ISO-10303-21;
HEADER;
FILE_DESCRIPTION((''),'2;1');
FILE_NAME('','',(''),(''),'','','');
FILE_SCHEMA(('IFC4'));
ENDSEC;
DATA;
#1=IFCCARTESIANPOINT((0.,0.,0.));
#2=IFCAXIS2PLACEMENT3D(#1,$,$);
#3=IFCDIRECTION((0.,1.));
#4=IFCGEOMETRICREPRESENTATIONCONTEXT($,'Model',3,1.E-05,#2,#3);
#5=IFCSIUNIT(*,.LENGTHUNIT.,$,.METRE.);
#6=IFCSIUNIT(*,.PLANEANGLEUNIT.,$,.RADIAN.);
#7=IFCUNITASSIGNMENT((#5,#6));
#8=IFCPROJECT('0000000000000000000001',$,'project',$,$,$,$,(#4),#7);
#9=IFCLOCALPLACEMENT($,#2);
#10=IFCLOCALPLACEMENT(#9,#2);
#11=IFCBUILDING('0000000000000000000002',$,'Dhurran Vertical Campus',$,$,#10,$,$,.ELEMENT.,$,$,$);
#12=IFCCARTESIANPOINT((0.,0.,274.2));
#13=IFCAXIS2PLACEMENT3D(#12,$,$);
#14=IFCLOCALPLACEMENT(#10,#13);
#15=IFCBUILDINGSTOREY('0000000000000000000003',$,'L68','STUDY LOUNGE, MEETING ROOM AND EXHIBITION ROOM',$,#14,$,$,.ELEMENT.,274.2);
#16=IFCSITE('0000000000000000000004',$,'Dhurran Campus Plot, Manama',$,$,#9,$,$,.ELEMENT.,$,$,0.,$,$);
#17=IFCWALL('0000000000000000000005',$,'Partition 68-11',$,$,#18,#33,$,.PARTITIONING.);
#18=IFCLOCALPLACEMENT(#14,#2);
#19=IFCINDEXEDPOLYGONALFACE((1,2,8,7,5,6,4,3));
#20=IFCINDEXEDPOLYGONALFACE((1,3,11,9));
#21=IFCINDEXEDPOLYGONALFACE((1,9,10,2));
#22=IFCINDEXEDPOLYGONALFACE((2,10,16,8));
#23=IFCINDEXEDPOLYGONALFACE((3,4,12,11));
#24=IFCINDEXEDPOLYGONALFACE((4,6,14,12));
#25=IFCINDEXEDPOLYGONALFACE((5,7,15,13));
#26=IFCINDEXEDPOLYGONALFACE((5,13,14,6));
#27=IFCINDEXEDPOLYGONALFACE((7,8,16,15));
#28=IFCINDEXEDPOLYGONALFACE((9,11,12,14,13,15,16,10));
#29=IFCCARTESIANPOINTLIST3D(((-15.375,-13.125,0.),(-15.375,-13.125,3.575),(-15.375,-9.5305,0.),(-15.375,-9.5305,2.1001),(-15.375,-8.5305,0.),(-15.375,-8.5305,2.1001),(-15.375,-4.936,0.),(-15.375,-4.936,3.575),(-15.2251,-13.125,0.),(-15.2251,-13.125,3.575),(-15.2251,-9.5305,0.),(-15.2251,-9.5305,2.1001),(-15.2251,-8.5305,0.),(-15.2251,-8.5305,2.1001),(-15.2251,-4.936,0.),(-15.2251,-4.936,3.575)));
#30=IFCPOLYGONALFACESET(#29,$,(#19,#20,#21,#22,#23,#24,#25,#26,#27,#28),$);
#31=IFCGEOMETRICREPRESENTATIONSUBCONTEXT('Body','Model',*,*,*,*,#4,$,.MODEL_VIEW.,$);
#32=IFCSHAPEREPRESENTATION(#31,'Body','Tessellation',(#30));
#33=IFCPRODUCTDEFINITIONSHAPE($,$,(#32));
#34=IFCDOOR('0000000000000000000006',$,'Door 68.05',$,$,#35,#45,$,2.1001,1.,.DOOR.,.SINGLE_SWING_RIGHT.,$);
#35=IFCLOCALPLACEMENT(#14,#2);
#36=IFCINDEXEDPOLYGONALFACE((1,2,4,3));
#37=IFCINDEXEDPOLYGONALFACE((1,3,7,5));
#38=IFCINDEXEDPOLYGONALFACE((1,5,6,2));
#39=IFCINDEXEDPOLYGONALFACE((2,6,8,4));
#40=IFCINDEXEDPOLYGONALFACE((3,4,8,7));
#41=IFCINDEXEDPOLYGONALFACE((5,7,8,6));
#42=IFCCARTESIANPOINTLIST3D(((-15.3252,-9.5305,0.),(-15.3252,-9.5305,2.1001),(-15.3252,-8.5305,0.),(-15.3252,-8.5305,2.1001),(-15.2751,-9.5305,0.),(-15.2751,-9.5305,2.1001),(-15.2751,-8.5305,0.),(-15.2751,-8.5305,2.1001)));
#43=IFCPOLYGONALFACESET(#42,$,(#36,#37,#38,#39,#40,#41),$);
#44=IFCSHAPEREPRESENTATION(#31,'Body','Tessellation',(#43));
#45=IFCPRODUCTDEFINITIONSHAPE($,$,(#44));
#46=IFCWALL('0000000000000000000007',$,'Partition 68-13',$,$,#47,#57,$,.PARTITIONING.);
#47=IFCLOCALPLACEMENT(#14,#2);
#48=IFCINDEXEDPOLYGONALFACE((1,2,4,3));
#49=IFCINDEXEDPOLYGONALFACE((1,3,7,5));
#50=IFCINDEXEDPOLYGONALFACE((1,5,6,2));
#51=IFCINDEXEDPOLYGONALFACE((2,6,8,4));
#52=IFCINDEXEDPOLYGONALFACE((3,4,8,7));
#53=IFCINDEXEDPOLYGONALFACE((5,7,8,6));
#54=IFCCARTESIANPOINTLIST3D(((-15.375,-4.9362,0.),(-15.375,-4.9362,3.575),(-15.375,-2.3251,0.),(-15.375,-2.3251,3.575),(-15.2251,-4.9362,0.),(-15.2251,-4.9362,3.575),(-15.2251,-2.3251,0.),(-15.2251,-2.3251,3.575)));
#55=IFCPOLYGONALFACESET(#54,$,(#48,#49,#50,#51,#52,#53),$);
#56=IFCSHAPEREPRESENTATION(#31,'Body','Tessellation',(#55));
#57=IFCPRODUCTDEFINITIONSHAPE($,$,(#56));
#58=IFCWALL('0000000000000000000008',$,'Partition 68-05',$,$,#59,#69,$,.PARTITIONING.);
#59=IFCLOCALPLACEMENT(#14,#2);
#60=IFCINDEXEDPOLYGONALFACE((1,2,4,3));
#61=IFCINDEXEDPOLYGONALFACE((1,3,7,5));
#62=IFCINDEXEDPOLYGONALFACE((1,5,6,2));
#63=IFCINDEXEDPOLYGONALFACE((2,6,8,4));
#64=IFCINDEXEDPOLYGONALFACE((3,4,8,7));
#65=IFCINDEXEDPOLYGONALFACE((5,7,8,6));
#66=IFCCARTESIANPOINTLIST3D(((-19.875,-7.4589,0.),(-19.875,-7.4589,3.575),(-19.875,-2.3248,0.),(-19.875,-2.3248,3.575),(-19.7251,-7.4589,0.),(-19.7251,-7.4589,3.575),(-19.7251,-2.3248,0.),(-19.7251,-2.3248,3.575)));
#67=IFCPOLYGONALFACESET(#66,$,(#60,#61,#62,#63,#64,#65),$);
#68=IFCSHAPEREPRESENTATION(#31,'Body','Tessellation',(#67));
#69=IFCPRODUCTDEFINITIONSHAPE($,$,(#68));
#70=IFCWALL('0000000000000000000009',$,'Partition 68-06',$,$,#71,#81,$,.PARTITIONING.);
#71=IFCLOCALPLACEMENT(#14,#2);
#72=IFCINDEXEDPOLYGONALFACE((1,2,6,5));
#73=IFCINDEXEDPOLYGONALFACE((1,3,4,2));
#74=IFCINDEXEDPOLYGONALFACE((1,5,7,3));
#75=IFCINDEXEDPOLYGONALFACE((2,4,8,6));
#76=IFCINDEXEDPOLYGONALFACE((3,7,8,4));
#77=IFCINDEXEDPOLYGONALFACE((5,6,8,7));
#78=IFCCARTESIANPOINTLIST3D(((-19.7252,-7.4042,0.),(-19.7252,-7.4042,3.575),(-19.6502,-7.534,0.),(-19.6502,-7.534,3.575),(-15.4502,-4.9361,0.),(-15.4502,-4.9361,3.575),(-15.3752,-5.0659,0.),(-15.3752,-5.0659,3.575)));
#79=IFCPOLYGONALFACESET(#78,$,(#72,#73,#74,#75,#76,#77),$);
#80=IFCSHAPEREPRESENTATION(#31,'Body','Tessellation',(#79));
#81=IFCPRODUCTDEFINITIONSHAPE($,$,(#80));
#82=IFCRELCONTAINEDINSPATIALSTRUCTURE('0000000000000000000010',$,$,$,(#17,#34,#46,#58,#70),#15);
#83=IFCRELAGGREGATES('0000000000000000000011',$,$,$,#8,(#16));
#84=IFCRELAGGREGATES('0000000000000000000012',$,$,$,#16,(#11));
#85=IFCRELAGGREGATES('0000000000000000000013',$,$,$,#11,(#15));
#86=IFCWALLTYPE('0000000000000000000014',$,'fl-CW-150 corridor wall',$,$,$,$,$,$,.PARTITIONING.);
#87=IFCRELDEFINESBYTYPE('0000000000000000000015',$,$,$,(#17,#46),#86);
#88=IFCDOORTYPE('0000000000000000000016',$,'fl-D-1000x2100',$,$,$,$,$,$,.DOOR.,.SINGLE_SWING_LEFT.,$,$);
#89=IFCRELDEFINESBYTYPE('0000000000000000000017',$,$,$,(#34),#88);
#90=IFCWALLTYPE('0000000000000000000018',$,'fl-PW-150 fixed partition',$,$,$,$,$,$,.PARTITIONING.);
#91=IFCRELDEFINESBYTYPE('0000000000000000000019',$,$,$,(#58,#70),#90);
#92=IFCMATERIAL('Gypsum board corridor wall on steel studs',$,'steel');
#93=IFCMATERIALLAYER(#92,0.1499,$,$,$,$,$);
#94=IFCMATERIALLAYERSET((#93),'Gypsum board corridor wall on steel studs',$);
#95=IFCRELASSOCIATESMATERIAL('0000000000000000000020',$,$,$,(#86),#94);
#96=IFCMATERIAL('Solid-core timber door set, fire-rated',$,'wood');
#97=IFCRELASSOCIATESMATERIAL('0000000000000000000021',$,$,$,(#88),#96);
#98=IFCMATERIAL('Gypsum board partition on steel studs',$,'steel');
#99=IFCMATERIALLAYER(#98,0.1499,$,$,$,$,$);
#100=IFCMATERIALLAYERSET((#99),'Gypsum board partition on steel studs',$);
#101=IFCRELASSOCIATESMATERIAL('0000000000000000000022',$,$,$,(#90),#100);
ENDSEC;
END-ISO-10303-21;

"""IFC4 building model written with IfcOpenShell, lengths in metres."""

from ifc_helpers import new_model, si_unit, direction, frame, frame_2d, origin, place, context, subcontext, project, spatial, rectangle, extrude, material, layer, layer_set, type_object, element, fill, save


model = new_model("IFC4")

# Units and contexts
model_context = context("Model", 3, precision=1e-05, world=origin(), true_north=direction((0.0, 1.0)))
body_context = subcontext(model_context, "Body", "Model", "MODEL_VIEW")
ifc_project = project(units=[si_unit("LENGTHUNIT", "METRE"), si_unit("PLANEANGLEUNIT", "RADIAN")], contexts=[model_context])

# Site, building, storey
site_placement = place(None, origin())
site = spatial("IfcSite", under=ifc_project, at=site_placement, Name="Dhurran Campus Plot, Manama", CompositionType="ELEMENT", RefElevation=0.0)
building_placement = place(site_placement, origin())
building = spatial("IfcBuilding", under=site, at=building_placement, Name="Dhurran Vertical Campus", CompositionType="ELEMENT")
storey_placement = place(building_placement, frame((0.0, 0.0, 274.2)))
storey = spatial("IfcBuildingStorey", under=building, at=storey_placement, Name="L68", Description="STUDY LOUNGE, MEETING ROOM AND EXHIBITION ROOM", CompositionType="ELEMENT", Elevation=274.2)

# Wall, opening, door
ifc_material_1 = material(Name="Gypsum board corridor wall on steel studs", Category="steel")
ifc_layer_1 = layer(ifc_material_1, 0.1499)
ifc_layer_set_1 = layer_set([ifc_layer_1], Name="Gypsum board corridor wall on steel studs")
wall_type_1 = type_object("IfcWallType", Name="fl-CW-150 corridor wall", PredefinedType="PARTITIONING", material=ifc_layer_set_1)
ifc_material_2 = material(Name="Solid-core timber door set, fire-rated", Category="wood")
door_type_1 = type_object("IfcDoorType", Name="fl-D-1000x2100", OperationType="SINGLE_SWING_LEFT", PredefinedType="DOOR", material=ifc_material_2)
wall_1_placement = place(storey_placement, frame((-15.3, -4.936, 0.0), z_axis=(0.0, 0.0, 1.0), x_axis=(0.0, -1.0, 0.0)))
wall_1 = element("IfcWall", 1, at=wall_1_placement, inside=storey, type_object=wall_type_1, Name="Partition 68-11", PredefinedType="PARTITIONING", context=body_context, shape_type="SweptSolid", body=[
    extrude(rectangle(XDim=8.189, YDim=0.1499, at=frame_2d((4.0945, 0.0))), origin(), (0.0, 0.0, 1.0), 3.575),
])
opening_1_placement = place(wall_1_placement, frame((3.5945, 0.0, 0.0)))
opening_1 = element("IfcOpeningElement", 2, at=opening_1_placement, cuts=wall_1, PredefinedType="OPENING", context=body_context, shape_type="SweptSolid", body=[
    extrude(rectangle(XDim=1.0, YDim=2.1001, at=frame_2d((0.5, 1.05))), frame((0.0, 0.085, 0.0), z_axis=(0.0, -1.0, 0.0), x_axis=(1.0, 0.0, 0.0)), (0.0, 0.0, 1.0), 0.1699),
])
door_1_placement = place(opening_1_placement, origin())
door_1 = element("IfcDoor", 3, at=door_1_placement, inside=storey, type_object=door_type_1, Name="Door 68.05", OperationType="SINGLE_SWING_RIGHT", OverallHeight=2.1001, OverallWidth=1.0, PredefinedType="DOOR", context=body_context, shape_type="SweptSolid", body=[
    extrude(rectangle(XDim=1.0, YDim=2.1001, at=frame_2d((0.5, 1.05))), frame((0.0, 0.0249, 0.0), z_axis=(0.0, -1.0, 0.0), x_axis=(1.0, 0.0, 0.0)), (0.0, 0.0, 1.0), 0.05),
])
fill(opening_1, door_1)

# Walls
wall_2_placement = place(storey_placement, frame((-15.3, -2.325, 0.0), z_axis=(0.0, 0.0, 1.0), x_axis=(0.0, -1.0, 0.0)))
element("IfcWall", 4, at=wall_2_placement, inside=storey, type_object=wall_type_1, Name="Partition 68-13", PredefinedType="PARTITIONING", context=body_context, shape_type="SweptSolid", body=[
    extrude(rectangle(XDim=2.6111, YDim=0.1499, at=frame_2d((1.3057, 0.0))), origin(), (0.0, 0.0, 1.0), 3.575),
])
ifc_material_3 = material(Name="Gypsum board partition on steel studs", Category="steel")
ifc_layer_2 = layer(ifc_material_3, 0.1499)
ifc_layer_set_2 = layer_set([ifc_layer_2], Name="Gypsum board partition on steel studs")
wall_type_2 = type_object("IfcWallType", Name="fl-PW-150 fixed partition", PredefinedType="PARTITIONING", material=ifc_layer_set_2)
wall_3_placement = place(storey_placement, frame((-19.8, -2.325, 0.0), z_axis=(0.0, 0.0, 1.0), x_axis=(0.0, -1.0, 0.0)))
element("IfcWall", 5, at=wall_3_placement, inside=storey, type_object=wall_type_2, Name="Partition 68-05", PredefinedType="PARTITIONING", context=body_context, shape_type="SweptSolid", body=[
    extrude(rectangle(XDim=5.134, YDim=0.1499, at=frame_2d((2.5669, 0.0))), origin(), (0.0, 0.0, 1.0), 3.575),
])
wall_4_placement = place(storey_placement, frame((-15.4126, -5.001, 0.0), z_axis=(0.0, 0.0, 1.0), x_axis=(-0.866034, -0.499985, 0.0)))
element("IfcWall", 6, at=wall_4_placement, inside=storey, type_object=wall_type_2, Name="Partition 68-06", PredefinedType="PARTITIONING", context=body_context, shape_type="SweptSolid", body=[
    extrude(rectangle(XDim=4.9363, YDim=0.1499, at=frame_2d((2.4683, 0.0))), origin(), (0.0, 0.0, 1.0), 3.575),
])

save(model, "model.ifc")
